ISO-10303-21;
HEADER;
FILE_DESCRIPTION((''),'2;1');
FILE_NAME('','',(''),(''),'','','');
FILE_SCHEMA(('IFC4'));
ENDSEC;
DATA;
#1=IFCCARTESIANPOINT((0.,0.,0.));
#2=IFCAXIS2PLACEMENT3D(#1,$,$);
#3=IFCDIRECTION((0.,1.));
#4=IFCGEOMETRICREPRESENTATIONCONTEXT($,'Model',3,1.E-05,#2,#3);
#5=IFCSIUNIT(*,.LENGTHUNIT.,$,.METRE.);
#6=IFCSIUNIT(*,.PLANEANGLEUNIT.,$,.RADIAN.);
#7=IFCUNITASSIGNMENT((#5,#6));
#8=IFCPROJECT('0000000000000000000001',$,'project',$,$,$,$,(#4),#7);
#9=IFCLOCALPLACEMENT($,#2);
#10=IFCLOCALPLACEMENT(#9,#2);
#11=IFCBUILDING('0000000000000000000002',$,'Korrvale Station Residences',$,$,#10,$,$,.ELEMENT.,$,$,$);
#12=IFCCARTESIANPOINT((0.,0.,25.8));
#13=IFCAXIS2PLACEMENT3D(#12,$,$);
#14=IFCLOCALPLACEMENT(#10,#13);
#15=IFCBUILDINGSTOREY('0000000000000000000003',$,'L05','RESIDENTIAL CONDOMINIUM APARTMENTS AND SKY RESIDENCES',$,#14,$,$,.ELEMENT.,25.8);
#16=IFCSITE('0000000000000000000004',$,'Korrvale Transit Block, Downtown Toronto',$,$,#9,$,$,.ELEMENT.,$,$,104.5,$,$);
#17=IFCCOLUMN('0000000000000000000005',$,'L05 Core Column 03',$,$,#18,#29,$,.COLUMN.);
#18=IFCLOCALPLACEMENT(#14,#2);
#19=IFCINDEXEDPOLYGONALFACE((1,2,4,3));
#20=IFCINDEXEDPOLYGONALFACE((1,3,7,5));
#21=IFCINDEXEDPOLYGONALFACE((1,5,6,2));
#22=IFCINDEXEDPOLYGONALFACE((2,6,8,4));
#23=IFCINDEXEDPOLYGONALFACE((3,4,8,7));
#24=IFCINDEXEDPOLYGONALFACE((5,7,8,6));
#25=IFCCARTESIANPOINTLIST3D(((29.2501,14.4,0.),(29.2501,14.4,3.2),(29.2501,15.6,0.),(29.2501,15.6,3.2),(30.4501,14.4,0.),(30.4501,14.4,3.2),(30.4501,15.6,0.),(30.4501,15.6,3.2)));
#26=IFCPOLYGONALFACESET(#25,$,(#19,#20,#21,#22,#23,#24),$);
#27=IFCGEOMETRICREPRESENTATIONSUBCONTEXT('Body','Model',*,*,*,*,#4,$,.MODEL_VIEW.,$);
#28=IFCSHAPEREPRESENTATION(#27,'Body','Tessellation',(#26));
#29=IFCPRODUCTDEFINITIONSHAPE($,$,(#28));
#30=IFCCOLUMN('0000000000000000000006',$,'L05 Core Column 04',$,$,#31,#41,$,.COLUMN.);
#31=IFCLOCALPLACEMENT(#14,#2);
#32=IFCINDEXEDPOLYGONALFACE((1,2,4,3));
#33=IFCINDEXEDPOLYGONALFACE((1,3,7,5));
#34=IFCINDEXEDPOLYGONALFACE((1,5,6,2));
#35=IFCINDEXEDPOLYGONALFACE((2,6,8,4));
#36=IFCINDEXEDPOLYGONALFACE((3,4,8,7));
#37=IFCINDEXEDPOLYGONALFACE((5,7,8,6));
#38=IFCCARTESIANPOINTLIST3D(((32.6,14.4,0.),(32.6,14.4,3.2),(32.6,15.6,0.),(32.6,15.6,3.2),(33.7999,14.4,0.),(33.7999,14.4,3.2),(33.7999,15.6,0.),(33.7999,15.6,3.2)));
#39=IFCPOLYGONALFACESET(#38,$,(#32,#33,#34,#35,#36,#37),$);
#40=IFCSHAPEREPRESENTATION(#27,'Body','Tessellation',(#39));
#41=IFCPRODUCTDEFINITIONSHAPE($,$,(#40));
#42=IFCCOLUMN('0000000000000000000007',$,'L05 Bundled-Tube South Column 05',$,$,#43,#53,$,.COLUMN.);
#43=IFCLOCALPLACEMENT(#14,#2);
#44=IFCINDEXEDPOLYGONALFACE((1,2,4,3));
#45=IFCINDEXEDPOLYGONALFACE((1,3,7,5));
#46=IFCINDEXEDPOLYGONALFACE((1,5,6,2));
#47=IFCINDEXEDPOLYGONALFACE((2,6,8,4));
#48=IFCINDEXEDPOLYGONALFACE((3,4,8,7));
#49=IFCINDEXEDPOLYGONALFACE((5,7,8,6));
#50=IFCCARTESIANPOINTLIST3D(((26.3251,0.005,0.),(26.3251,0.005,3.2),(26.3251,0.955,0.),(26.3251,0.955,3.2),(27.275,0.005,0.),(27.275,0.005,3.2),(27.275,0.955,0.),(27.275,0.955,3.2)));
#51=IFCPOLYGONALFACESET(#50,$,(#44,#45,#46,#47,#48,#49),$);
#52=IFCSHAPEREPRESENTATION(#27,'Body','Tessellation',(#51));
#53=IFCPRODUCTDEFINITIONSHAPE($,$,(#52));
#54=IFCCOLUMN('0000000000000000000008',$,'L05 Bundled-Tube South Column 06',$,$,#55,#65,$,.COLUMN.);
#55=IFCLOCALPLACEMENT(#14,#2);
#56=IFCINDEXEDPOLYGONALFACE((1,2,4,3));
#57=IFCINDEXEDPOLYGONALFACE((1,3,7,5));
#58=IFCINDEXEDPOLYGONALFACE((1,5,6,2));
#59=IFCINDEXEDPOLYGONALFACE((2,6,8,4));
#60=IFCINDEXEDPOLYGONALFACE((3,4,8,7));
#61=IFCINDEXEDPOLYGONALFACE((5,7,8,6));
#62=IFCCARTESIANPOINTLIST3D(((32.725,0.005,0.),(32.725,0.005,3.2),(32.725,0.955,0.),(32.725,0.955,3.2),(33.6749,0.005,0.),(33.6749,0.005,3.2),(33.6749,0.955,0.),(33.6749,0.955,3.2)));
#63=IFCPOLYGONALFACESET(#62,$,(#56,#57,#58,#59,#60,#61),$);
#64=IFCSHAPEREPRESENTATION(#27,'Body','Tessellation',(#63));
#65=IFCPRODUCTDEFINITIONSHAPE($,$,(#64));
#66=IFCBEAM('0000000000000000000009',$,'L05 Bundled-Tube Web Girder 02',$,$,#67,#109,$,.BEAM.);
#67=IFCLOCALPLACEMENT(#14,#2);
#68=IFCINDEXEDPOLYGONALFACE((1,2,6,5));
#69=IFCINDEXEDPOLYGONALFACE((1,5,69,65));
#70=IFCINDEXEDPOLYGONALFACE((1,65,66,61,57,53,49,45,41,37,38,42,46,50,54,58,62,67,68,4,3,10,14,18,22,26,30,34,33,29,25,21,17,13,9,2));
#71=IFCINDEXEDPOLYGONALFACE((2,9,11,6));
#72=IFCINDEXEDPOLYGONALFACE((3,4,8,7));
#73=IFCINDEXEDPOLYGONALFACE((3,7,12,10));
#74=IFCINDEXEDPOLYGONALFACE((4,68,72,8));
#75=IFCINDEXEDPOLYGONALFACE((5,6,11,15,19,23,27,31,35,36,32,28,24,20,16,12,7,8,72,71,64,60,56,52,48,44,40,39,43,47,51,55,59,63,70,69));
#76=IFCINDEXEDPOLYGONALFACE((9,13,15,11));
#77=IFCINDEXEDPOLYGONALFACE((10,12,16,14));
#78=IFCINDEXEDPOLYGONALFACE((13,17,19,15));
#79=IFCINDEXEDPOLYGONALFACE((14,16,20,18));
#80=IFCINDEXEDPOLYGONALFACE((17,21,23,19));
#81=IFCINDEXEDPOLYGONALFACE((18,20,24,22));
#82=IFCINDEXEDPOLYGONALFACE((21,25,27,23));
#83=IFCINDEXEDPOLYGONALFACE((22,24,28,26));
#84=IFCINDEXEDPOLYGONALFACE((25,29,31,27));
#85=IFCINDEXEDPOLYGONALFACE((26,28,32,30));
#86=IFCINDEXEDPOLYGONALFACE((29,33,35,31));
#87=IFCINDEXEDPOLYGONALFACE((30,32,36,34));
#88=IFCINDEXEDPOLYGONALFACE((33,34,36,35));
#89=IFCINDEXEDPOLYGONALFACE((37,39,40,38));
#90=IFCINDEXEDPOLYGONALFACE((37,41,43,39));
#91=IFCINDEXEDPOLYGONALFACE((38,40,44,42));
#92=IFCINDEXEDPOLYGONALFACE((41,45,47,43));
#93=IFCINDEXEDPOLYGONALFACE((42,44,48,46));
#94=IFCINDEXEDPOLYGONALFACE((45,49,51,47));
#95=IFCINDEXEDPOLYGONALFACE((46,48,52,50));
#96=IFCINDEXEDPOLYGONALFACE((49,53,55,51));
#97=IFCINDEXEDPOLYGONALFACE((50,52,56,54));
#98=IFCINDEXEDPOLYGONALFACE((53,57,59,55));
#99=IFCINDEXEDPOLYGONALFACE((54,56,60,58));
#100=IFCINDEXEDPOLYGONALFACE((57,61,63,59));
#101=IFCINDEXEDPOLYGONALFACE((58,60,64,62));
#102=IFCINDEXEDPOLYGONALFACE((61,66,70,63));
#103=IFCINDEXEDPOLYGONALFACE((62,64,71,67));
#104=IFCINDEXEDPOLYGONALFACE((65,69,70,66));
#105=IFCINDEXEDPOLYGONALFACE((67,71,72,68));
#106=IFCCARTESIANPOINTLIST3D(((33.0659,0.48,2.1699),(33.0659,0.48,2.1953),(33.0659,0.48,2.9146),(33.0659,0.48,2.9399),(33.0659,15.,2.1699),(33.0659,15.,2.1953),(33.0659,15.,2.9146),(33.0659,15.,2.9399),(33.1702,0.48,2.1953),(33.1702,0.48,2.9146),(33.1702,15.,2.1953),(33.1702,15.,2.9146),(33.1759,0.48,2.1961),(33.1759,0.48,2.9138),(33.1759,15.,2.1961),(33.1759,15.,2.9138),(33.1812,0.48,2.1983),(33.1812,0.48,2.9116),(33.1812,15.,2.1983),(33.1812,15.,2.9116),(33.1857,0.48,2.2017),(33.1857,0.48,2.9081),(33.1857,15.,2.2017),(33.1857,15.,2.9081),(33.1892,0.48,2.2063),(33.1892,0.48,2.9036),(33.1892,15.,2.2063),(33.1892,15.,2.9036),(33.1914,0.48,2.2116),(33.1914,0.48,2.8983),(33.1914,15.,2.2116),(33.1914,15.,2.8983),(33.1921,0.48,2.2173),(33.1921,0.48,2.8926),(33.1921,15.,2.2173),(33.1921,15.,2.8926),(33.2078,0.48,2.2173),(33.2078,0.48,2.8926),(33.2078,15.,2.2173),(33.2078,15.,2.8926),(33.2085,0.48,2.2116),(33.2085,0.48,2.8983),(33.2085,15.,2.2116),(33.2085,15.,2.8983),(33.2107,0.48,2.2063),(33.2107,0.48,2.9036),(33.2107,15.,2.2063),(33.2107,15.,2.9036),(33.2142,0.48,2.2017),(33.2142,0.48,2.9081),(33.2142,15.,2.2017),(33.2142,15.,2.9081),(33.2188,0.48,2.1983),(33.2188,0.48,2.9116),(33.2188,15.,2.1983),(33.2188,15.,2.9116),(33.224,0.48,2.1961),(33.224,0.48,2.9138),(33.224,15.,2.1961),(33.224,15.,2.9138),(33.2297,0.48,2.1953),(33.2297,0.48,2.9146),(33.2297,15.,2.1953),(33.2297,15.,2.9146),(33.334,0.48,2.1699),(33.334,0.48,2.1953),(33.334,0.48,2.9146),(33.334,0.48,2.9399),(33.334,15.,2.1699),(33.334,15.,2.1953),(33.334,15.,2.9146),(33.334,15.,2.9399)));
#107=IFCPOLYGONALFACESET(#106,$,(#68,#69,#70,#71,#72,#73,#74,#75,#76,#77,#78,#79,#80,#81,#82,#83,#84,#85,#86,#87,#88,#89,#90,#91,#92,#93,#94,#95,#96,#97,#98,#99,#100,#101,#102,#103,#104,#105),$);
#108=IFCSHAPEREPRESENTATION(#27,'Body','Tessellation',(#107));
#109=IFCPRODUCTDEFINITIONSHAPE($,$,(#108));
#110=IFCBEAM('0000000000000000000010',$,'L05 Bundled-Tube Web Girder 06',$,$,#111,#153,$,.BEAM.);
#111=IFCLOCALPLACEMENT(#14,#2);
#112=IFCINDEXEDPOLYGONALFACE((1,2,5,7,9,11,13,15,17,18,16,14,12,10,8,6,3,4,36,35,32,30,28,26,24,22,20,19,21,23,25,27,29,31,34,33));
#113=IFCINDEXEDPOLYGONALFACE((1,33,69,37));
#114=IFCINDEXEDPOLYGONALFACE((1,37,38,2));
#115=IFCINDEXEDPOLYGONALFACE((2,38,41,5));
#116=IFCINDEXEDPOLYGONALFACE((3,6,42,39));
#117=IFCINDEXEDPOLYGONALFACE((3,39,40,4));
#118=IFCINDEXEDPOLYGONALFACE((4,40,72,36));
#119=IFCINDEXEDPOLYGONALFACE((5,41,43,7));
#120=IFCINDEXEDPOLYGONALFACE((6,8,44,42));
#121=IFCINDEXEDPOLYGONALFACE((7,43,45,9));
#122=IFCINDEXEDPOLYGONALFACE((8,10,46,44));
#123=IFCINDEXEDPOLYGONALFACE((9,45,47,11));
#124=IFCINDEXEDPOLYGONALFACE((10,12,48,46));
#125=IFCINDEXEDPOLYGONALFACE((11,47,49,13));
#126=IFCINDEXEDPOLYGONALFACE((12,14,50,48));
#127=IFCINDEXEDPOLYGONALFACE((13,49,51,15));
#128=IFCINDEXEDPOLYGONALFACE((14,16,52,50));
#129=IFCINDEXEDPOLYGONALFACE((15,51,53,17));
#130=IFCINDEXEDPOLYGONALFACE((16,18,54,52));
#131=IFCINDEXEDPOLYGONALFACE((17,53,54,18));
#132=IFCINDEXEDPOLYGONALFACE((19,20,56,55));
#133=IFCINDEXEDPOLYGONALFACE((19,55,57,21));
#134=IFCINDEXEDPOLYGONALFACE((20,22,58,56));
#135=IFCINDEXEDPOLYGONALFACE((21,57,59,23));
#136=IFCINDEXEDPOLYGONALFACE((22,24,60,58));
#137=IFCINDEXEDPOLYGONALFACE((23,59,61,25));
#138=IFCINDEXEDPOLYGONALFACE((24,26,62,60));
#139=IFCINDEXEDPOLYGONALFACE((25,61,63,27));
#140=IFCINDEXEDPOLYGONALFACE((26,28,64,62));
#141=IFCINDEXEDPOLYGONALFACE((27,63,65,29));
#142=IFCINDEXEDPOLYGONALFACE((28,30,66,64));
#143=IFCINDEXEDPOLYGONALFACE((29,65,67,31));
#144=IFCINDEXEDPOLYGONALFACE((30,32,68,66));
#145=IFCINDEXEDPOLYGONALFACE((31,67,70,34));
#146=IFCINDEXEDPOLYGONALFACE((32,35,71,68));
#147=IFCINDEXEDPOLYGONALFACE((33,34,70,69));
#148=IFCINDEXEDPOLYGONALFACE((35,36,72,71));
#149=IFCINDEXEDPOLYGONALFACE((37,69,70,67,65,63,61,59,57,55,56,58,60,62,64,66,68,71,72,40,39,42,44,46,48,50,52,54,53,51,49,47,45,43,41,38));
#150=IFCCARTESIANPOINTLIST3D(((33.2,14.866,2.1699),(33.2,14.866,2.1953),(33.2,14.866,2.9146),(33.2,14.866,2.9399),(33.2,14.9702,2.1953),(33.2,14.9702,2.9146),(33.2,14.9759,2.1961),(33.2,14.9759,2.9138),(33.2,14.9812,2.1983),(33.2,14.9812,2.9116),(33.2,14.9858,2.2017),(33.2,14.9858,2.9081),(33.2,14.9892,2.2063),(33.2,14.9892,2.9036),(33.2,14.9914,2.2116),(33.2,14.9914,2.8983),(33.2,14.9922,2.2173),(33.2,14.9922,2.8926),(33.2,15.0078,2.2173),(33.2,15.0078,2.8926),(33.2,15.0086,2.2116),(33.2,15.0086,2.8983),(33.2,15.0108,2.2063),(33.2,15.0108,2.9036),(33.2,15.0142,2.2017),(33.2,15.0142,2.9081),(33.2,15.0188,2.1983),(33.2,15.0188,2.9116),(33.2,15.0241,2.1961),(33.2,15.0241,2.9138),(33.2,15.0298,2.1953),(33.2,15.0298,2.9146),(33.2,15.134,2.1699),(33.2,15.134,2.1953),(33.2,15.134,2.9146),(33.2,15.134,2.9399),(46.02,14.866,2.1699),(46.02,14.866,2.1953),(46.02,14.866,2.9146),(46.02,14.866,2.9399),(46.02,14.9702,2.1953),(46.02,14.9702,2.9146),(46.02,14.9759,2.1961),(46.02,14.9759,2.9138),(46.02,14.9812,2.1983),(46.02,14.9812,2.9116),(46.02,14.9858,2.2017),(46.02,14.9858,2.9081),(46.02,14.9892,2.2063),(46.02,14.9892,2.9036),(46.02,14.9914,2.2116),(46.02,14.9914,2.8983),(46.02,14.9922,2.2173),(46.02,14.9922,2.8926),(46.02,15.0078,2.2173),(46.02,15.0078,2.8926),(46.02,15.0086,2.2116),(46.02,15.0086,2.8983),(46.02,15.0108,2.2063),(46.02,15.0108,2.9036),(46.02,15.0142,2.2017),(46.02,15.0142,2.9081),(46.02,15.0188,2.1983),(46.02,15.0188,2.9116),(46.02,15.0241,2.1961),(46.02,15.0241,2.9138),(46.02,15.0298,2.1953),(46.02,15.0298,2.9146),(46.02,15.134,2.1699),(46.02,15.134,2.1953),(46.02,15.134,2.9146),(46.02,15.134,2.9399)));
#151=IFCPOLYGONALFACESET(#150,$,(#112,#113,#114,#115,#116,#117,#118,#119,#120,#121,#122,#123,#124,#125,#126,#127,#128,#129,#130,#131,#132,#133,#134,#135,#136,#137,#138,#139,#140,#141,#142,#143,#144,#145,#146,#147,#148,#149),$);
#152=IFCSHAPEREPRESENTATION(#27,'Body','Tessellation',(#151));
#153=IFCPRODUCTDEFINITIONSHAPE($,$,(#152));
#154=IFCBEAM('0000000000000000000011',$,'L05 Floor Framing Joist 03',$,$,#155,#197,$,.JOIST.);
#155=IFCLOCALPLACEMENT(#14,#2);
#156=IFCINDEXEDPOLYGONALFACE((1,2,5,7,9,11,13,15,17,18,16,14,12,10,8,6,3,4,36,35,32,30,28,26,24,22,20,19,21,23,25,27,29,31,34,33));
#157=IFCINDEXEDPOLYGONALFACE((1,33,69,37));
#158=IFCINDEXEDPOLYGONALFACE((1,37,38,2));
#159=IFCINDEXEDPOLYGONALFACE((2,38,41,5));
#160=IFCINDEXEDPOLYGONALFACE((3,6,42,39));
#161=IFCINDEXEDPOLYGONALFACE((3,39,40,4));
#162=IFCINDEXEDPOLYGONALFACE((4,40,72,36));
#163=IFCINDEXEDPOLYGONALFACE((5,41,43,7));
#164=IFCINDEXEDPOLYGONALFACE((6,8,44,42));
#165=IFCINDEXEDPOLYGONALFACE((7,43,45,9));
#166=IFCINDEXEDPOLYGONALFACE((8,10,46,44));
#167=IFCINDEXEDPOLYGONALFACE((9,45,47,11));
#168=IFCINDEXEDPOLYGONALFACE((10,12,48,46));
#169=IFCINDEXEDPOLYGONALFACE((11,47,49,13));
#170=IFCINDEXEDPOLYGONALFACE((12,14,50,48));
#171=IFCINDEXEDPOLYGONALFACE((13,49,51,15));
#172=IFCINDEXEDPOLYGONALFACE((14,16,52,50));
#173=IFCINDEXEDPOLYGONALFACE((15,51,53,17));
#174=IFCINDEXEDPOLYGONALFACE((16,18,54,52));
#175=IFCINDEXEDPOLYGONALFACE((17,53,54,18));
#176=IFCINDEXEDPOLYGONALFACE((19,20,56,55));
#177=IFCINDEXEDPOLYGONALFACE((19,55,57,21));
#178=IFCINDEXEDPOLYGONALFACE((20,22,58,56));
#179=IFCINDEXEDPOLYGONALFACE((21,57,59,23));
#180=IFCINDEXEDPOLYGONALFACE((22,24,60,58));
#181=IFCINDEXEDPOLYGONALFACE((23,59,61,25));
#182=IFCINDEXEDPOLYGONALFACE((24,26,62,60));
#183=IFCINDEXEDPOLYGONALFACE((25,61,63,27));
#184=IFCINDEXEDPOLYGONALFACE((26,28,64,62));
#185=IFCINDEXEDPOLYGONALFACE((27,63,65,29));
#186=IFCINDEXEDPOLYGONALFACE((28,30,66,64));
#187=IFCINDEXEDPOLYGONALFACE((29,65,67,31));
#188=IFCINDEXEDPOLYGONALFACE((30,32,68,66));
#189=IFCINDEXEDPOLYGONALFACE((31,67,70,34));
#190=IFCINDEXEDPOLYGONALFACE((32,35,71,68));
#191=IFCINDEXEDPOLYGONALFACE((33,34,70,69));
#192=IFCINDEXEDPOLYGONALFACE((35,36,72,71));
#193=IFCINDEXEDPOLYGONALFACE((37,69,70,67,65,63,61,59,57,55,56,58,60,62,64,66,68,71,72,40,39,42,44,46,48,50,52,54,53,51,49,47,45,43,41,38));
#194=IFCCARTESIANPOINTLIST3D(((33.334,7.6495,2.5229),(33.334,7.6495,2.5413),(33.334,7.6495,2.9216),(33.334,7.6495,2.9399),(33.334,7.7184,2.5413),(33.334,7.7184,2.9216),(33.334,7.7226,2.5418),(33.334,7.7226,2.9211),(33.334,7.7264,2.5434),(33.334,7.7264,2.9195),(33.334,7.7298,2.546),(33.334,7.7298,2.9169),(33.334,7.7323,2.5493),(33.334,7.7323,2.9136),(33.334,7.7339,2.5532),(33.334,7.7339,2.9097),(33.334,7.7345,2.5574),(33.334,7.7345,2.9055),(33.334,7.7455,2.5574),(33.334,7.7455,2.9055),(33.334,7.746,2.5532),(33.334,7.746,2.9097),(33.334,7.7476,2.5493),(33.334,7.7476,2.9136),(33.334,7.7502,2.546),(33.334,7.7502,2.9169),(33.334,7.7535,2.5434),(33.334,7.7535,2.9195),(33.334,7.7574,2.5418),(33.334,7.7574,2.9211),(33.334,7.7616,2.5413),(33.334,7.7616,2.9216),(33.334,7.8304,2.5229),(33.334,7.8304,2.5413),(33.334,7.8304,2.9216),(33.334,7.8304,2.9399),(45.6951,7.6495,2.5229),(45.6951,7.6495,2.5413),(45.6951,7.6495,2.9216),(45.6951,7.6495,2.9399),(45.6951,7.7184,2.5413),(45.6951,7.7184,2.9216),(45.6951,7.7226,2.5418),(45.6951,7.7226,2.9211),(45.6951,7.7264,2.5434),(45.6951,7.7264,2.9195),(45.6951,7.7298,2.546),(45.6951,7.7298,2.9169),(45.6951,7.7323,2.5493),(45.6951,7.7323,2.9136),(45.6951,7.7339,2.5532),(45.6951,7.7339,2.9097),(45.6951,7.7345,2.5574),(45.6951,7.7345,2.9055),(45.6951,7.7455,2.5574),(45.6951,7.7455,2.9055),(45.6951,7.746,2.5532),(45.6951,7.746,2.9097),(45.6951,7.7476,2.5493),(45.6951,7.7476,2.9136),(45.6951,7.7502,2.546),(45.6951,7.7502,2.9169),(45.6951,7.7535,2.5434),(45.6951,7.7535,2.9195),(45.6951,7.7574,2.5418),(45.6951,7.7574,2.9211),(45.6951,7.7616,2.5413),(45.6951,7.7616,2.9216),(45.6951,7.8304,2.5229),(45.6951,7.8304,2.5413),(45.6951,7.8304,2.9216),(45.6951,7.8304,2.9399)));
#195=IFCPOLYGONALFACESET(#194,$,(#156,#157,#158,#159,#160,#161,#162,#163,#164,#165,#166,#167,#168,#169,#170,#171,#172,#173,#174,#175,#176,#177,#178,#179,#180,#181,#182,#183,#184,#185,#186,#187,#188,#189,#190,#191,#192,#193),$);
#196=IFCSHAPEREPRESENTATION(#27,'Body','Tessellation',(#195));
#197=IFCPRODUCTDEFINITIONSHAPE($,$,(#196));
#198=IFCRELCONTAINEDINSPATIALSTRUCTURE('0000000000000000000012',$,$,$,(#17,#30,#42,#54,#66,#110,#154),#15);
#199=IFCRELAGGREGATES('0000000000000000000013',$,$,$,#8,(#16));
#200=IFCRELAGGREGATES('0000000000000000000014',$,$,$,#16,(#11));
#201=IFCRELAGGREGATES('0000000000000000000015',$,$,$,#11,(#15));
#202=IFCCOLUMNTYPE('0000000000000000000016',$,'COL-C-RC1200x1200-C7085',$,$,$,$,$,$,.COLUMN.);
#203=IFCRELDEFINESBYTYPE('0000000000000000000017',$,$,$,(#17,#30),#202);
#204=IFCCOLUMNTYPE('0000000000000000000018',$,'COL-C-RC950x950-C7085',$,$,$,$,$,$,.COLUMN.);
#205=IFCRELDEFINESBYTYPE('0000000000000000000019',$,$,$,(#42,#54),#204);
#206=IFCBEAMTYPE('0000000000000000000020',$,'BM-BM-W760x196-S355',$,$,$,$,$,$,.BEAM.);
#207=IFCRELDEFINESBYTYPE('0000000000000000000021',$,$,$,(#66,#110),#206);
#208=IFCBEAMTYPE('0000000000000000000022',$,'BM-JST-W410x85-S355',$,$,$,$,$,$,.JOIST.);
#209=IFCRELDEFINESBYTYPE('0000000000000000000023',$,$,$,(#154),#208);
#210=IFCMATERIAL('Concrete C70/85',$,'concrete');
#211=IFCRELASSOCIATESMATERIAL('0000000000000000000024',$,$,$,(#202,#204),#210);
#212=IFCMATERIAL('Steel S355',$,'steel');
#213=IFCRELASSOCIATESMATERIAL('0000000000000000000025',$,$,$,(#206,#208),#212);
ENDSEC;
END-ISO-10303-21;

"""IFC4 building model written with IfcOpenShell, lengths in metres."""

from ifc_helpers import new_model, si_unit, direction, frame, origin, origin_2d, place, context, subcontext, project, spatial, rectangle, i_section, extrude, material, material_profile, profile_set, type_object, element, save


model = new_model("IFC4")

# Units and contexts
model_context = context("Model", 3, precision=1e-05, world=origin(), true_north=direction((0.0, 1.0)))
body_context = subcontext(model_context, "Body", "Model", "MODEL_VIEW")
ifc_project = project(units=[si_unit("LENGTHUNIT", "METRE"), si_unit("PLANEANGLEUNIT", "RADIAN")], contexts=[model_context])

# Site, building, storey
site_placement = place(None, origin())
site = spatial("IfcSite", under=ifc_project, at=site_placement, Name="Korrvale Transit Block, Downtown Toronto", CompositionType="ELEMENT", RefElevation=104.5)
building_placement = place(site_placement, origin())
building = spatial("IfcBuilding", under=site, at=building_placement, Name="Korrvale Station Residences", CompositionType="ELEMENT")
storey_placement = place(building_placement, frame((0.0, 0.0, 25.8)))
storey = spatial("IfcBuildingStorey", under=building, at=storey_placement, Name="L05", Description="RESIDENTIAL CONDOMINIUM APARTMENTS AND SKY RESIDENCES", CompositionType="ELEMENT", Elevation=25.8)

# Columns
ifc_material_1 = material(Name="Concrete C70/85", Category="concrete")
ifc_material_profile_1 = material_profile(ifc_material_1, rectangle(XDim=1.2, YDim=1.2, at=origin_2d()), Name="RC1200x1200")
ifc_profile_set_1 = profile_set([ifc_material_profile_1], Name="Concrete C70/85")
column_type_1 = type_object("IfcColumnType", Name="COL-C-RC1200x1200-C7085", PredefinedType="COLUMN", material=ifc_profile_set_1)
for number, where, z_axis, x_axis, name in (
    (1, (29.8501, 15.0, 0.0), (0.0, 0.0, 1.0), (1.0, 0.0, 0.0), "L05 Core Column 03"),
    (2, (33.2, 15.0, 0.0), (0.0, 0.0, 1.0), (1.0, 0.0, 0.0), "L05 Core Column 04"),
):
    element("IfcColumn", number, at=place(storey_placement, frame(where, z_axis=z_axis, x_axis=x_axis)), inside=storey, type_object=column_type_1, Name=name, PredefinedType="COLUMN", context=body_context, shape_type="SweptSolid", body=[
        extrude(rectangle(XDim=1.2, YDim=1.2, at=origin_2d()), origin(), (0.0, 0.0, 1.0), 3.2),
    ])
ifc_material_profile_2 = material_profile(ifc_material_1, rectangle(XDim=0.95, YDim=0.95, at=origin_2d()), Name="RC950x950")
ifc_profile_set_2 = profile_set([ifc_material_profile_2], Name="Concrete C70/85")
column_type_2 = type_object("IfcColumnType", Name="COL-C-RC950x950-C7085", PredefinedType="COLUMN", material=ifc_profile_set_2)
for number, where, z_axis, x_axis, name in (
    (3, (26.8, 0.48, 0.0), (0.0, 0.0, 1.0), (1.0, 0.0, 0.0), "L05 Bundled-Tube South Column 05"),
    (4, (33.2, 0.48, 0.0), (0.0, 0.0, 1.0), (1.0, 0.0, 0.0), "L05 Bundled-Tube South Column 06"),
):
    element("IfcColumn", number, at=place(storey_placement, frame(where, z_axis=z_axis, x_axis=x_axis)), inside=storey, type_object=column_type_2, Name=name, PredefinedType="COLUMN", context=body_context, shape_type="SweptSolid", body=[
        extrude(rectangle(XDim=0.95, YDim=0.95, at=origin_2d()), origin(), (0.0, 0.0, 1.0), 3.2),
    ])

# Beams
ifc_material_2 = material(Name="Steel S355", Category="steel")
ifc_material_profile_3 = material_profile(ifc_material_2, i_section(OverallWidth=0.2681, OverallDepth=0.77, WebThickness=0.0156, FlangeThickness=0.0254, FilletRadius=0.022, at=origin_2d()), Name="W760x196")
ifc_profile_set_3 = profile_set([ifc_material_profile_3], Name="Steel S355")
beam_type_1 = type_object("IfcBeamType", Name="BM-BM-W760x196-S355", PredefinedType="BEAM", material=ifc_profile_set_3)
beam_1_placement = place(storey_placement, frame((33.2, 0.48, 2.5549), z_axis=(0.0, 1.0, 0.0), x_axis=(-1.0, 0.0, 0.0)))
element("IfcBeam", 5, at=beam_1_placement, inside=storey, type_object=beam_type_1, Name="L05 Bundled-Tube Web Girder 02", PredefinedType="BEAM", context=body_context, shape_type="SweptSolid", body=[
    extrude(i_section(OverallWidth=0.2681, OverallDepth=0.77, WebThickness=0.0156, FlangeThickness=0.0254, FilletRadius=0.022, at=origin_2d()), origin(), (0.0, 0.0, 1.0), 14.52),
])
beam_2_placement = place(storey_placement, frame((33.2, 15.0, 2.5549), z_axis=(1.0, 0.0, 0.0), x_axis=(0.0, 1.0, 0.0)))
element("IfcBeam", 6, at=beam_2_placement, inside=storey, type_object=beam_type_1, Name="L05 Bundled-Tube Web Girder 06", PredefinedType="BEAM", context=body_context, shape_type="SweptSolid", body=[
    extrude(i_section(OverallWidth=0.2681, OverallDepth=0.77, WebThickness=0.0156, FlangeThickness=0.0254, FilletRadius=0.022, at=origin_2d()), origin(), (0.0, 0.0, 1.0), 12.8201),
])
ifc_material_profile_4 = material_profile(ifc_material_2, i_section(OverallWidth=0.1809, OverallDepth=0.417, WebThickness=0.011, FlangeThickness=0.0183, FilletRadius=0.0161, at=origin_2d()), Name="W410x85")
ifc_profile_set_4 = profile_set([ifc_material_profile_4], Name="Steel S355")
beam_type_2 = type_object("IfcBeamType", Name="BM-JST-W410x85-S355", PredefinedType="JOIST", material=ifc_profile_set_4)
beam_3_placement = place(storey_placement, frame((33.334, 7.74, 2.7314), z_axis=(1.0, 0.0, 0.0), x_axis=(0.0, 1.0, 0.0)))
element("IfcBeam", 7, at=beam_3_placement, inside=storey, type_object=beam_type_2, Name="L05 Floor Framing Joist 03", PredefinedType="JOIST", context=body_context, shape_type="SweptSolid", body=[
    extrude(i_section(OverallWidth=0.1809, OverallDepth=0.417, WebThickness=0.011, FlangeThickness=0.0183, FilletRadius=0.0161, at=origin_2d()), origin(), (0.0, 0.0, 1.0), 12.3611),
])

save(model, "model.ifc")
